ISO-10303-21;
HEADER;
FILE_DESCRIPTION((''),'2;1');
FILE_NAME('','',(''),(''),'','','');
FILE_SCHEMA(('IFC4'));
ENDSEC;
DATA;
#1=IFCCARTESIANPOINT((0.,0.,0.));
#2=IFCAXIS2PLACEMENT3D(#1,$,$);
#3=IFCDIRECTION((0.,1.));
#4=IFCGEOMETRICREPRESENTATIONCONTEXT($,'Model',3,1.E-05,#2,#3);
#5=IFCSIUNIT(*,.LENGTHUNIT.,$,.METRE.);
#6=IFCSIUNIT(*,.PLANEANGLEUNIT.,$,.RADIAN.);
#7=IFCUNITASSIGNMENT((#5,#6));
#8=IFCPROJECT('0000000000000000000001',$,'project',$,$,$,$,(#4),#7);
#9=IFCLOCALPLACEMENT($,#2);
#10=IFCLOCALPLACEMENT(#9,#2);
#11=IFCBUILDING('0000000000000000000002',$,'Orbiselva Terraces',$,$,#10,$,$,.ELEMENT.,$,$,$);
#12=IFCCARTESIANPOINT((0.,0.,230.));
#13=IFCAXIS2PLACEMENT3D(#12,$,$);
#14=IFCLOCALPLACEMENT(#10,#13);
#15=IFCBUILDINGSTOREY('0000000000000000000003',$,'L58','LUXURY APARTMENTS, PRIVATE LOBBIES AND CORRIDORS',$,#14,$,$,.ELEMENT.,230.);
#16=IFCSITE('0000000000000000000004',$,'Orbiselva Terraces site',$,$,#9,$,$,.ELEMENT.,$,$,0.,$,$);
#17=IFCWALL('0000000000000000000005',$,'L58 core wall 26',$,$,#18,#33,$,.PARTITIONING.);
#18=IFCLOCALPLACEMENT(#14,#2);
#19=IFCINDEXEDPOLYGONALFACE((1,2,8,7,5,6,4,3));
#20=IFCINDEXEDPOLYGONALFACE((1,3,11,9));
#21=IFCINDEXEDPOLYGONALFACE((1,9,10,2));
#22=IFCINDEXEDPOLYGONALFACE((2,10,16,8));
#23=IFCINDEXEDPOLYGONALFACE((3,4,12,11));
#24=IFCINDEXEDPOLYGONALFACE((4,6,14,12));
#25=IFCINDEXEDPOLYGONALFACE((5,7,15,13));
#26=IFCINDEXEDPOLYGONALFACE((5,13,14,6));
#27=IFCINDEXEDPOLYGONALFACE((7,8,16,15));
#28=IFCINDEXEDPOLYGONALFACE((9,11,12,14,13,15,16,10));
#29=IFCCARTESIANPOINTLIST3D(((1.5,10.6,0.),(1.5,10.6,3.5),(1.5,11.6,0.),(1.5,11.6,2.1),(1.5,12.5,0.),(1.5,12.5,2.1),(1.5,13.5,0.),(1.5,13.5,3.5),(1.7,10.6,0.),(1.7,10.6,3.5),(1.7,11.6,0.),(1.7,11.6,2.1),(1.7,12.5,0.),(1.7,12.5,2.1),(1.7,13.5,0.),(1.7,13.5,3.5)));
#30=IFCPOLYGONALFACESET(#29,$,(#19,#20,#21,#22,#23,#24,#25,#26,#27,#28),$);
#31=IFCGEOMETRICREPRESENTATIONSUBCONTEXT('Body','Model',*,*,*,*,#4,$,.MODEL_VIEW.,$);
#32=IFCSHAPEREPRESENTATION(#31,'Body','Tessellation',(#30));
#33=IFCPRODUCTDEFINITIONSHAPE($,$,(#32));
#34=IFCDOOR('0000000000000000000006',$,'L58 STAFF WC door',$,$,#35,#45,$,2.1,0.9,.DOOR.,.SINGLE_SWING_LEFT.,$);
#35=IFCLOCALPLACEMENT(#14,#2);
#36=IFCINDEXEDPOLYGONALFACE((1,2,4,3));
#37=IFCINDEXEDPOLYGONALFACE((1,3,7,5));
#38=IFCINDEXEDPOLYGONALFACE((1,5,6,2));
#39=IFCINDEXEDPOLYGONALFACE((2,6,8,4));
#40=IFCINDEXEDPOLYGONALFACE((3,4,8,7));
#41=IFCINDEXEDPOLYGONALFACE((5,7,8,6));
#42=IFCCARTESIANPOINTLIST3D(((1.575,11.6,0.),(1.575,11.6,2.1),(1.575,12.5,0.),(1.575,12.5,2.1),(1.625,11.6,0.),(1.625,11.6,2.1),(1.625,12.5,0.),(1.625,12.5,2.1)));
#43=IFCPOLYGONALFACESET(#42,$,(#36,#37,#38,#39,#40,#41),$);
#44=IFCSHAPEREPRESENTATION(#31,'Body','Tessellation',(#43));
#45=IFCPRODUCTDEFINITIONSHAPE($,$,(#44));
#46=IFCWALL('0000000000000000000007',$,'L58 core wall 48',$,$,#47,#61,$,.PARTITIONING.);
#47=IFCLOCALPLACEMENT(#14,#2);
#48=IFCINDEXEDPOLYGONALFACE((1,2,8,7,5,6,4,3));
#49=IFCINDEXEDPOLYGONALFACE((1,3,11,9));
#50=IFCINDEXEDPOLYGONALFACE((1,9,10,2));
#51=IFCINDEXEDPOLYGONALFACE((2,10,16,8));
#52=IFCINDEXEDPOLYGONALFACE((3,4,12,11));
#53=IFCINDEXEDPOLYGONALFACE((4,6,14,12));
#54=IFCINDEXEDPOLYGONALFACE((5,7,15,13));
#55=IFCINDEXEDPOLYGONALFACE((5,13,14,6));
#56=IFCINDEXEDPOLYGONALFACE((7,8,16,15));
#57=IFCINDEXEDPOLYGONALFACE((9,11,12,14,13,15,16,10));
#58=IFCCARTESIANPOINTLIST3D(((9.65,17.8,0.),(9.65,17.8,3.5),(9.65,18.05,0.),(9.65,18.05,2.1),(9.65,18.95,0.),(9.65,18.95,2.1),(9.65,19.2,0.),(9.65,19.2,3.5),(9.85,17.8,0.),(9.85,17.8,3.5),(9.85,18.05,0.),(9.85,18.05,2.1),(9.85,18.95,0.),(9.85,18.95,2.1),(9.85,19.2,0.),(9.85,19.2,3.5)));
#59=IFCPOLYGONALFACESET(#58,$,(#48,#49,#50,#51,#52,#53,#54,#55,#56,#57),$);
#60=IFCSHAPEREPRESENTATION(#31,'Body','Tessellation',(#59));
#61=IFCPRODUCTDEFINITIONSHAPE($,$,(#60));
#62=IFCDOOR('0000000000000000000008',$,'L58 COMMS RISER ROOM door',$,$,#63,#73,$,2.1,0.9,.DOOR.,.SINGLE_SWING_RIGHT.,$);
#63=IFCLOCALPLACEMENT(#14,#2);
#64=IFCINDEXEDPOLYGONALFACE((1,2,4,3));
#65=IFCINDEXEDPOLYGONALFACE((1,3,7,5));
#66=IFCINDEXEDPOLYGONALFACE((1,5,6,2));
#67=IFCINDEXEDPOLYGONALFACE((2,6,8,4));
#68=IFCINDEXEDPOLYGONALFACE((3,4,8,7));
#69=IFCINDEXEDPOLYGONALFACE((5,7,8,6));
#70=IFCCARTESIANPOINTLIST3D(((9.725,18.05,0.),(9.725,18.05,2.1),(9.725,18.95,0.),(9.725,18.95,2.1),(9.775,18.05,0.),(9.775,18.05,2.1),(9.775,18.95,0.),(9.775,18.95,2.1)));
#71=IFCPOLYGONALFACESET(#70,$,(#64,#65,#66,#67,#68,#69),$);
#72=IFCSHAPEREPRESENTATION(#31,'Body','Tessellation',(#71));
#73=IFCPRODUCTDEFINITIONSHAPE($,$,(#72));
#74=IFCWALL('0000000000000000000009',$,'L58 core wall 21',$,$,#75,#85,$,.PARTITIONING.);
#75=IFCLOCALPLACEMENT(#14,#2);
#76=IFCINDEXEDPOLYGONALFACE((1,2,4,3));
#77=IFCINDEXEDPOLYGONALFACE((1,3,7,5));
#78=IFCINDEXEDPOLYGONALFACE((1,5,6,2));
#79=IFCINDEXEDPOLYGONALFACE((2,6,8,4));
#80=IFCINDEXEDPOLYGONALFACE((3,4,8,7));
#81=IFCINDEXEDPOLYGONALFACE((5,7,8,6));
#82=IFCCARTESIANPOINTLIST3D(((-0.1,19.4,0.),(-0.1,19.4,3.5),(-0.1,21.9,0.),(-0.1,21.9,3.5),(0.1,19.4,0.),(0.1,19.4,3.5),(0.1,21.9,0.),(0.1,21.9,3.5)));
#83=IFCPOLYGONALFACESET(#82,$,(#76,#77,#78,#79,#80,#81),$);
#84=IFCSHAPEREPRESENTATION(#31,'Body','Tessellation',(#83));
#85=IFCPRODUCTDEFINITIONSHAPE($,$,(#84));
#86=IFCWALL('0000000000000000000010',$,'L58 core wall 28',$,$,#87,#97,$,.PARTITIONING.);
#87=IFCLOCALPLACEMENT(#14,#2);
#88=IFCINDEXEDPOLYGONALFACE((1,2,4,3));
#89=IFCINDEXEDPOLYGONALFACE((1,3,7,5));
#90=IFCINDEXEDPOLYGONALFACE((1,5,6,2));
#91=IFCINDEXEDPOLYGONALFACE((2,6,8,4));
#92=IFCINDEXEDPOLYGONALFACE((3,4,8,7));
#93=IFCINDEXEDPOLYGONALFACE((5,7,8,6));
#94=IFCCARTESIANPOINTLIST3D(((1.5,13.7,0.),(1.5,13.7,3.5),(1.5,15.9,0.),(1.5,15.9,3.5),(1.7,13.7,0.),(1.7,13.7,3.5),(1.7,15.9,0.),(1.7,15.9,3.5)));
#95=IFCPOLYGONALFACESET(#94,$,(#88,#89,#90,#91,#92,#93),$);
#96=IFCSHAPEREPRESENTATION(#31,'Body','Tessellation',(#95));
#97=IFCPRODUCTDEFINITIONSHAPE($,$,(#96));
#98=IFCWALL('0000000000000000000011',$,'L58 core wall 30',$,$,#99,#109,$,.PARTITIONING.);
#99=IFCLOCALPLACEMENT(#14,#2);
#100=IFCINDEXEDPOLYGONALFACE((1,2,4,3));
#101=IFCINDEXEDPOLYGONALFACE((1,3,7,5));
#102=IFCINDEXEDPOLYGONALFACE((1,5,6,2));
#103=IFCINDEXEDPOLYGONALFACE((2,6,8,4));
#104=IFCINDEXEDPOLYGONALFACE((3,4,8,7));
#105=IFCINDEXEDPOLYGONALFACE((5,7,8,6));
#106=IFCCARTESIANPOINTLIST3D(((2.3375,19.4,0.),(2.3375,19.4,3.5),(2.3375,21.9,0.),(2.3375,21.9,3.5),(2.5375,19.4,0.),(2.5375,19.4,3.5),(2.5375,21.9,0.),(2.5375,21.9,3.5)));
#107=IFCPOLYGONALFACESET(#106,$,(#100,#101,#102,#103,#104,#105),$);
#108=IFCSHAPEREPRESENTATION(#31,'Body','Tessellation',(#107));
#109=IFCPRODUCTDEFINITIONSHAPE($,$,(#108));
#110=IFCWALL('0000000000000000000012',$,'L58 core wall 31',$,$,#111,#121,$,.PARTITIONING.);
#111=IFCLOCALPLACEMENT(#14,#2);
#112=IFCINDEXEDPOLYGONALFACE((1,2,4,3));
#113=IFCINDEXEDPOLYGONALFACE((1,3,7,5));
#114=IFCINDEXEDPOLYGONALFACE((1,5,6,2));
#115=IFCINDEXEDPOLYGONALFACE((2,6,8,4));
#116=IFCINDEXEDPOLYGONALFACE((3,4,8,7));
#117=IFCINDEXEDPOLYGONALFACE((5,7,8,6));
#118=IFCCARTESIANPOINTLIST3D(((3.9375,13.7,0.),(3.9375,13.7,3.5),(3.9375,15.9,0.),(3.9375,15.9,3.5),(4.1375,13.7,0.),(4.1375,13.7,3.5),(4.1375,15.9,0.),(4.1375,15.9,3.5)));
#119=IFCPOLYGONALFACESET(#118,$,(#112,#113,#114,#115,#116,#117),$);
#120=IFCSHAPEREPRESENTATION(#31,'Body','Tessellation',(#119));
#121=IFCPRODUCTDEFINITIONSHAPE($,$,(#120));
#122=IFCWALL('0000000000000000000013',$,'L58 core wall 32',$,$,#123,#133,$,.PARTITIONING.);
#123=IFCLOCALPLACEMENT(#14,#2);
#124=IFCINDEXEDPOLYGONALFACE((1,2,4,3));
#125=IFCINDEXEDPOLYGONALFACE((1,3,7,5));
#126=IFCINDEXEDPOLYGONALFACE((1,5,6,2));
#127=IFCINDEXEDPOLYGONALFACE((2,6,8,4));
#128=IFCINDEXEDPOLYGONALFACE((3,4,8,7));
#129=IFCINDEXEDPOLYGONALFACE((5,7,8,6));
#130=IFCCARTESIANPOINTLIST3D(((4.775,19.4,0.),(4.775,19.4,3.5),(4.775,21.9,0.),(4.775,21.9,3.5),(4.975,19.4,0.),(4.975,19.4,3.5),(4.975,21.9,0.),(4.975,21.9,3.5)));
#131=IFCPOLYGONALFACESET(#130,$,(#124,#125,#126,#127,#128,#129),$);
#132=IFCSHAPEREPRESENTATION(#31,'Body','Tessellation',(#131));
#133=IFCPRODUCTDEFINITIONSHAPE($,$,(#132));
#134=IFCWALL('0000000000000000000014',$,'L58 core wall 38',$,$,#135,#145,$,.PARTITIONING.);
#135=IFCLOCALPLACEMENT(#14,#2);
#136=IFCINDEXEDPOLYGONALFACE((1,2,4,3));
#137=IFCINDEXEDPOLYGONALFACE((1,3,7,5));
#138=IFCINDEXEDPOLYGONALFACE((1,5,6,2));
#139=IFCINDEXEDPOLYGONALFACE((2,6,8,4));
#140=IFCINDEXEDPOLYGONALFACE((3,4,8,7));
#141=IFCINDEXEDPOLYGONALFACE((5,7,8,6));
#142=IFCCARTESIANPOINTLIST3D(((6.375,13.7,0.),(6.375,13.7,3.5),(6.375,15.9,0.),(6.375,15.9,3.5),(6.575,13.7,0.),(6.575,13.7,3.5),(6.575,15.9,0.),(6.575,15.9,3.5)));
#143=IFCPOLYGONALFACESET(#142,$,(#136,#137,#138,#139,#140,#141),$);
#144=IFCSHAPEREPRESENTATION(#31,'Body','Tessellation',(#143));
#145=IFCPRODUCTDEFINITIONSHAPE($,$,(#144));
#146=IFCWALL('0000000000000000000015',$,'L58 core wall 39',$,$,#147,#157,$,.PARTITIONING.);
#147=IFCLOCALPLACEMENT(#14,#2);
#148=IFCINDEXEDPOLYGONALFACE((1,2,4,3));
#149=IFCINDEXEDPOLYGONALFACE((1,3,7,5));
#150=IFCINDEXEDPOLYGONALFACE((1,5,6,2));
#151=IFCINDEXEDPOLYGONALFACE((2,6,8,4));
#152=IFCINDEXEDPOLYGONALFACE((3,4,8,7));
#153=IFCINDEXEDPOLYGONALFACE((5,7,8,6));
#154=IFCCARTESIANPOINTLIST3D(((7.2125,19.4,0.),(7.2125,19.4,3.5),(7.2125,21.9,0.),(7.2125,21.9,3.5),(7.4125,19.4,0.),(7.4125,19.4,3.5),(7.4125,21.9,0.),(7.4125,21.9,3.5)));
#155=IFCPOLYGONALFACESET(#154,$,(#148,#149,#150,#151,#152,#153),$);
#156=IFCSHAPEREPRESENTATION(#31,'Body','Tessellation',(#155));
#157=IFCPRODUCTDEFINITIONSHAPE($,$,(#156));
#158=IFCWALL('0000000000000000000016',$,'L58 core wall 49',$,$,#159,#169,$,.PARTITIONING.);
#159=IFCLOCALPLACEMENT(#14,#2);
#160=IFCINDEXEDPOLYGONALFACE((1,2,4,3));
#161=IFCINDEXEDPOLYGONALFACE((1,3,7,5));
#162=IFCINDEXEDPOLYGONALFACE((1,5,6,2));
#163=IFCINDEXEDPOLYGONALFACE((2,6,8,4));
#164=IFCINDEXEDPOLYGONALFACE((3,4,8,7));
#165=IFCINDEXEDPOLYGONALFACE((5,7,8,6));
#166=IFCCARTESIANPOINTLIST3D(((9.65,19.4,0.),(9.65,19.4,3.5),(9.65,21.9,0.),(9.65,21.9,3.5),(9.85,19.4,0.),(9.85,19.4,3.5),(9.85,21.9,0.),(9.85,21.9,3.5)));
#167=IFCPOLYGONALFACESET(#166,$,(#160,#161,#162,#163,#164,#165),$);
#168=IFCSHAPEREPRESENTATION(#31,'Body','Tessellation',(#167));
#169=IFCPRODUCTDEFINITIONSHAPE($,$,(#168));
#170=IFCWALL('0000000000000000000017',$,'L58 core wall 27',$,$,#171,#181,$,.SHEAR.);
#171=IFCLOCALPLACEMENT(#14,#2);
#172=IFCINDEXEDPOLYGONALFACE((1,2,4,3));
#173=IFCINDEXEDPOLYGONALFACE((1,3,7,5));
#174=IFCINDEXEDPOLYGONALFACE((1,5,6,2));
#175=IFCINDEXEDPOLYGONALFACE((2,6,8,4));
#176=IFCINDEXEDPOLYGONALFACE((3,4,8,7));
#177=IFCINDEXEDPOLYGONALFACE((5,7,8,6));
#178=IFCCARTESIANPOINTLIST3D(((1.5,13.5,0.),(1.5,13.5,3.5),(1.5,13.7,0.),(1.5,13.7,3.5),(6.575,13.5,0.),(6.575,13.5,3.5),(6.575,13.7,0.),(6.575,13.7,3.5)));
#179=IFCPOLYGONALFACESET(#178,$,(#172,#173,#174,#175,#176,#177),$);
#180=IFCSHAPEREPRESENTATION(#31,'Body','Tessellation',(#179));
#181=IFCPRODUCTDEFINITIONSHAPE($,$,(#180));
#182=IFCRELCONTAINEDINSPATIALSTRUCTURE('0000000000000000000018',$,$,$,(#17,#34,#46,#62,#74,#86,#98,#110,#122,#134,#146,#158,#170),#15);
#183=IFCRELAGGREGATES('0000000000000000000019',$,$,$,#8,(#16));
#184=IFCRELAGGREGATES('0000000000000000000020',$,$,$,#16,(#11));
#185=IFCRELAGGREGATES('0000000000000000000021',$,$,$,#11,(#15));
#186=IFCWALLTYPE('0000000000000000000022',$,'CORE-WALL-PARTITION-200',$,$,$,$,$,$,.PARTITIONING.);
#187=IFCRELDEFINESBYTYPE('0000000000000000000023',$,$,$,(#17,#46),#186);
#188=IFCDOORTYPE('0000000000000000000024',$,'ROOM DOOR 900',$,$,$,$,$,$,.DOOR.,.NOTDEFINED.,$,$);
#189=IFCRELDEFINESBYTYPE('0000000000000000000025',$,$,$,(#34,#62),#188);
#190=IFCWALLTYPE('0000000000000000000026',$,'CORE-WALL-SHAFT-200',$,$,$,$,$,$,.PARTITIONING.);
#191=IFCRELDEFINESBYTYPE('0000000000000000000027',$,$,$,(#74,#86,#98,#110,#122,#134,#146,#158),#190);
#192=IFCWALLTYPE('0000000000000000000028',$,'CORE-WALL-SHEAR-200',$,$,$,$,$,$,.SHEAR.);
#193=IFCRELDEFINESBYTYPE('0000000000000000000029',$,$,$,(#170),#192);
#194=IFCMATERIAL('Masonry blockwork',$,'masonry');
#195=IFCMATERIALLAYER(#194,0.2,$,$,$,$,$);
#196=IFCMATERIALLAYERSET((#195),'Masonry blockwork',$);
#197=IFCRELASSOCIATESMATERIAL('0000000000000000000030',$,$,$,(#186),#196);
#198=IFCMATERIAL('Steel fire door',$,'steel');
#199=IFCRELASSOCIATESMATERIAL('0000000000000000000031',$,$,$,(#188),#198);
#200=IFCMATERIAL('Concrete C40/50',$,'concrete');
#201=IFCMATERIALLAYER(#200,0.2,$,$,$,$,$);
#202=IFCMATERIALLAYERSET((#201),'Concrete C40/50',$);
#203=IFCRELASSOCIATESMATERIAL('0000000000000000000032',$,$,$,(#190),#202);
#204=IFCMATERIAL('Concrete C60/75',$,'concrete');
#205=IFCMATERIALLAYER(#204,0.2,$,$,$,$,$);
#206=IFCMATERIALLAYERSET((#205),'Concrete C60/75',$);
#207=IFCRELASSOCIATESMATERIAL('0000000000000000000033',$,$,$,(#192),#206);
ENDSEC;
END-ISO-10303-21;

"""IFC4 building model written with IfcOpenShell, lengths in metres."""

from ifc_helpers import new_model, si_unit, direction, frame, frame_2d, origin, place, context, subcontext, project, spatial, rectangle, extrude, material, layer, layer_set, type_object, element, fill, save


model = new_model("IFC4")

# Units and contexts
model_context = context("Model", 3, precision=1e-05, world=origin(), true_north=direction((0.0, 1.0)))
body_context = subcontext(model_context, "Body", "Model", "MODEL_VIEW")
ifc_project = project(units=[si_unit("LENGTHUNIT", "METRE"), si_unit("PLANEANGLEUNIT", "RADIAN")], contexts=[model_context])

# Site, building, storey
site_placement = place(None, origin())
site = spatial("IfcSite", under=ifc_project, at=site_placement, Name="Orbiselva Terraces site", CompositionType="ELEMENT", RefElevation=0.0)
building_placement = place(site_placement, origin())
building = spatial("IfcBuilding", under=site, at=building_placement, Name="Orbiselva Terraces", CompositionType="ELEMENT")
storey_placement = place(building_placement, frame((0.0, 0.0, 230.0)))
storey = spatial("IfcBuildingStorey", under=building, at=storey_placement, Name="L58", Description="LUXURY APARTMENTS, PRIVATE LOBBIES AND CORRIDORS", CompositionType="ELEMENT", Elevation=230.0)

# Walls, openings, doors
ifc_material_1 = material(Name="Masonry blockwork", Category="masonry")
ifc_layer_1 = layer(ifc_material_1, 0.2)
ifc_layer_set_1 = layer_set([ifc_layer_1], Name="Masonry blockwork")
wall_type_1 = type_object("IfcWallType", Name="CORE-WALL-PARTITION-200", PredefinedType="PARTITIONING", material=ifc_layer_set_1)
wall_1_placement = place(storey_placement, frame((1.6, 13.5, 0.0), z_axis=(0.0, 0.0, 1.0), x_axis=(0.0, -1.0, 0.0)))
wall_1 = element("IfcWall", 1, at=wall_1_placement, inside=storey, type_object=wall_type_1, Name="L58 core wall 26", PredefinedType="PARTITIONING", context=body_context, shape_type="SweptSolid", body=[
    extrude(rectangle(XDim=2.9, YDim=0.2, at=frame_2d((1.45, 0.0))), origin(), (0.0, 0.0, 1.0), 3.5),
])
opening_1_placement = place(wall_1_placement, frame((1.0, 0.0, 0.0)))
opening_1 = element("IfcOpeningElement", 2, at=opening_1_placement, cuts=wall_1, PredefinedType="OPENING", context=body_context, shape_type="SweptSolid", body=[
    extrude(rectangle(XDim=0.9, YDim=2.1, at=frame_2d((0.45, 1.05))), frame((0.0, 0.11, 0.0), z_axis=(0.0, -1.0, 0.0), x_axis=(1.0, 0.0, 0.0)), (0.0, 0.0, 1.0), 0.22),
])
ifc_material_2 = material(Name="Steel fire door", Category="steel")
door_type_1 = type_object("IfcDoorType", Name="ROOM DOOR 900", OperationType="NOTDEFINED", PredefinedType="DOOR", material=ifc_material_2)
door_1_placement = place(opening_1_placement, origin())
door_1 = element("IfcDoor", 3, at=door_1_placement, inside=storey, type_object=door_type_1, Name="L58 STAFF WC door", OperationType="SINGLE_SWING_LEFT", OverallHeight=2.1, OverallWidth=0.9, PredefinedType="DOOR", context=body_context, shape_type="SweptSolid", body=[
    extrude(rectangle(XDim=0.9, YDim=2.1, at=frame_2d((0.45, 1.05))), frame((0.0, 0.025, 0.0), z_axis=(0.0, -1.0, 0.0), x_axis=(1.0, 0.0, 0.0)), (0.0, 0.0, 1.0), 0.05),
])
fill(opening_1, door_1)
wall_2_placement = place(storey_placement, frame((9.75, 19.2, 0.0), z_axis=(0.0, 0.0, 1.0), x_axis=(0.0, -1.0, 0.0)))
wall_2 = element("IfcWall", 4, at=wall_2_placement, inside=storey, type_object=wall_type_1, Name="L58 core wall 48", PredefinedType="PARTITIONING", context=body_context, shape_type="SweptSolid", body=[
    extrude(rectangle(XDim=1.4, YDim=0.2, at=frame_2d((0.7, 0.0))), origin(), (0.0, 0.0, 1.0), 3.5),
])
opening_2_placement = place(wall_2_placement, frame((0.25, 0.0, 0.0)))
opening_2 = element("IfcOpeningElement", 5, at=opening_2_placement, cuts=wall_2, PredefinedType="OPENING", context=body_context, shape_type="SweptSolid", body=[
    extrude(rectangle(XDim=0.9, YDim=2.1, at=frame_2d((0.45, 1.05))), frame((0.0, 0.11, 0.0), z_axis=(0.0, -1.0, 0.0), x_axis=(1.0, 0.0, 0.0)), (0.0, 0.0, 1.0), 0.22),
])
door_2_placement = place(opening_2_placement, origin())
door_2 = element("IfcDoor", 6, at=door_2_placement, inside=storey, type_object=door_type_1, Name="L58 COMMS RISER ROOM door", OperationType="SINGLE_SWING_RIGHT", OverallHeight=2.1, OverallWidth=0.9, PredefinedType="DOOR", context=body_context, shape_type="SweptSolid", body=[
    extrude(rectangle(XDim=0.9, YDim=2.1, at=frame_2d((0.45, 1.05))), frame((0.0, 0.025, 0.0), z_axis=(0.0, -1.0, 0.0), x_axis=(1.0, 0.0, 0.0)), (0.0, 0.0, 1.0), 0.05),
])
fill(opening_2, door_2)

# Walls
ifc_material_3 = material(Name="Concrete C40/50", Category="concrete")
ifc_layer_2 = layer(ifc_material_3, 0.2)
ifc_layer_set_2 = layer_set([ifc_layer_2], Name="Concrete C40/50")
wall_type_2 = type_object("IfcWallType", Name="CORE-WALL-SHAFT-200", PredefinedType="PARTITIONING", material=ifc_layer_set_2)
wall_3_placement = place(storey_placement, frame((0.0, 19.4, 0.0), z_axis=(0.0, 0.0, 1.0), x_axis=(0.0, 1.0, 0.0)))
element("IfcWall", 7, at=wall_3_placement, inside=storey, type_object=wall_type_2, Name="L58 core wall 21", PredefinedType="PARTITIONING", context=body_context, shape_type="SweptSolid", body=[
    extrude(rectangle(XDim=2.5, YDim=0.2, at=frame_2d((1.25, 0.0))), origin(), (0.0, 0.0, 1.0), 3.5),
])
wall_4_placement = place(storey_placement, frame((1.6, 13.7, 0.0), z_axis=(0.0, 0.0, 1.0), x_axis=(0.0, 1.0, 0.0)))
element("IfcWall", 8, at=wall_4_placement, inside=storey, type_object=wall_type_2, Name="L58 core wall 28", PredefinedType="PARTITIONING", context=body_context, shape_type="SweptSolid", body=[
    extrude(rectangle(XDim=2.2, YDim=0.2, at=frame_2d((1.1, 0.0))), origin(), (0.0, 0.0, 1.0), 3.5),
])
wall_5_placement = place(storey_placement, frame((2.4375, 19.4, 0.0), z_axis=(0.0, 0.0, 1.0), x_axis=(0.0, 1.0, 0.0)))
element("IfcWall", 9, at=wall_5_placement, inside=storey, type_object=wall_type_2, Name="L58 core wall 30", PredefinedType="PARTITIONING", context=body_context, shape_type="SweptSolid", body=[
    extrude(rectangle(XDim=2.5, YDim=0.2, at=frame_2d((1.25, 0.0))), origin(), (0.0, 0.0, 1.0), 3.5),
])
wall_6_placement = place(storey_placement, frame((4.0375, 13.7, 0.0), z_axis=(0.0, 0.0, 1.0), x_axis=(0.0, 1.0, 0.0)))
element("IfcWall", 10, at=wall_6_placement, inside=storey, type_object=wall_type_2, Name="L58 core wall 31", PredefinedType="PARTITIONING", context=body_context, shape_type="SweptSolid", body=[
    extrude(rectangle(XDim=2.2, YDim=0.2, at=frame_2d((1.1, 0.0))), origin(), (0.0, 0.0, 1.0), 3.5),
])
wall_7_placement = place(storey_placement, frame((4.875, 19.4, 0.0), z_axis=(0.0, 0.0, 1.0), x_axis=(0.0, 1.0, 0.0)))
element("IfcWall", 11, at=wall_7_placement, inside=storey, type_object=wall_type_2, Name="L58 core wall 32", PredefinedType="PARTITIONING", context=body_context, shape_type="SweptSolid", body=[
    extrude(rectangle(XDim=2.5, YDim=0.2, at=frame_2d((1.25, 0.0))), origin(), (0.0, 0.0, 1.0), 3.5),
])
wall_8_placement = place(storey_placement, frame((6.475, 13.7, 0.0), z_axis=(0.0, 0.0, 1.0), x_axis=(0.0, 1.0, 0.0)))
element("IfcWall", 12, at=wall_8_placement, inside=storey, type_object=wall_type_2, Name="L58 core wall 38", PredefinedType="PARTITIONING", context=body_context, shape_type="SweptSolid", body=[
    extrude(rectangle(XDim=2.2, YDim=0.2, at=frame_2d((1.1, 0.0))), origin(), (0.0, 0.0, 1.0), 3.5),
])
for number, where, z_axis, x_axis, name in (
    (13, (7.3125, 19.4, 0.0), (0.0, 0.0, 1.0), (0.0, 1.0, 0.0), "L58 core wall 39"),
    (14, (9.75, 19.4, 0.0), (0.0, 0.0, 1.0), (0.0, 1.0, 0.0), "L58 core wall 49"),
):
    element("IfcWall", number, at=place(storey_placement, frame(where, z_axis=z_axis, x_axis=x_axis)), inside=storey, type_object=wall_type_2, Name=name, PredefinedType="PARTITIONING", context=body_context, shape_type="SweptSolid", body=[
        extrude(rectangle(XDim=2.5, YDim=0.2, at=frame_2d((1.25, 0.0))), origin(), (0.0, 0.0, 1.0), 3.5),
    ])
ifc_material_4 = material(Name="Concrete C60/75", Category="concrete")
ifc_layer_3 = layer(ifc_material_4, 0.2)
ifc_layer_set_3 = layer_set([ifc_layer_3], Name="Concrete C60/75")
wall_type_3 = type_object("IfcWallType", Name="CORE-WALL-SHEAR-200", PredefinedType="SHEAR", material=ifc_layer_set_3)
wall_9_placement = place(storey_placement, frame((1.5, 13.6, 0.0), z_axis=(0.0, 0.0, 1.0), x_axis=(1.0, 0.0, 0.0)))
element("IfcWall", 15, at=wall_9_placement, inside=storey, type_object=wall_type_3, Name="L58 core wall 27", PredefinedType="SHEAR", context=body_context, shape_type="SweptSolid", body=[
    extrude(rectangle(XDim=5.075, YDim=0.2, at=frame_2d((2.5375, 0.0))), origin(), (0.0, 0.0, 1.0), 3.5),
])

save(model, "model.ifc")
